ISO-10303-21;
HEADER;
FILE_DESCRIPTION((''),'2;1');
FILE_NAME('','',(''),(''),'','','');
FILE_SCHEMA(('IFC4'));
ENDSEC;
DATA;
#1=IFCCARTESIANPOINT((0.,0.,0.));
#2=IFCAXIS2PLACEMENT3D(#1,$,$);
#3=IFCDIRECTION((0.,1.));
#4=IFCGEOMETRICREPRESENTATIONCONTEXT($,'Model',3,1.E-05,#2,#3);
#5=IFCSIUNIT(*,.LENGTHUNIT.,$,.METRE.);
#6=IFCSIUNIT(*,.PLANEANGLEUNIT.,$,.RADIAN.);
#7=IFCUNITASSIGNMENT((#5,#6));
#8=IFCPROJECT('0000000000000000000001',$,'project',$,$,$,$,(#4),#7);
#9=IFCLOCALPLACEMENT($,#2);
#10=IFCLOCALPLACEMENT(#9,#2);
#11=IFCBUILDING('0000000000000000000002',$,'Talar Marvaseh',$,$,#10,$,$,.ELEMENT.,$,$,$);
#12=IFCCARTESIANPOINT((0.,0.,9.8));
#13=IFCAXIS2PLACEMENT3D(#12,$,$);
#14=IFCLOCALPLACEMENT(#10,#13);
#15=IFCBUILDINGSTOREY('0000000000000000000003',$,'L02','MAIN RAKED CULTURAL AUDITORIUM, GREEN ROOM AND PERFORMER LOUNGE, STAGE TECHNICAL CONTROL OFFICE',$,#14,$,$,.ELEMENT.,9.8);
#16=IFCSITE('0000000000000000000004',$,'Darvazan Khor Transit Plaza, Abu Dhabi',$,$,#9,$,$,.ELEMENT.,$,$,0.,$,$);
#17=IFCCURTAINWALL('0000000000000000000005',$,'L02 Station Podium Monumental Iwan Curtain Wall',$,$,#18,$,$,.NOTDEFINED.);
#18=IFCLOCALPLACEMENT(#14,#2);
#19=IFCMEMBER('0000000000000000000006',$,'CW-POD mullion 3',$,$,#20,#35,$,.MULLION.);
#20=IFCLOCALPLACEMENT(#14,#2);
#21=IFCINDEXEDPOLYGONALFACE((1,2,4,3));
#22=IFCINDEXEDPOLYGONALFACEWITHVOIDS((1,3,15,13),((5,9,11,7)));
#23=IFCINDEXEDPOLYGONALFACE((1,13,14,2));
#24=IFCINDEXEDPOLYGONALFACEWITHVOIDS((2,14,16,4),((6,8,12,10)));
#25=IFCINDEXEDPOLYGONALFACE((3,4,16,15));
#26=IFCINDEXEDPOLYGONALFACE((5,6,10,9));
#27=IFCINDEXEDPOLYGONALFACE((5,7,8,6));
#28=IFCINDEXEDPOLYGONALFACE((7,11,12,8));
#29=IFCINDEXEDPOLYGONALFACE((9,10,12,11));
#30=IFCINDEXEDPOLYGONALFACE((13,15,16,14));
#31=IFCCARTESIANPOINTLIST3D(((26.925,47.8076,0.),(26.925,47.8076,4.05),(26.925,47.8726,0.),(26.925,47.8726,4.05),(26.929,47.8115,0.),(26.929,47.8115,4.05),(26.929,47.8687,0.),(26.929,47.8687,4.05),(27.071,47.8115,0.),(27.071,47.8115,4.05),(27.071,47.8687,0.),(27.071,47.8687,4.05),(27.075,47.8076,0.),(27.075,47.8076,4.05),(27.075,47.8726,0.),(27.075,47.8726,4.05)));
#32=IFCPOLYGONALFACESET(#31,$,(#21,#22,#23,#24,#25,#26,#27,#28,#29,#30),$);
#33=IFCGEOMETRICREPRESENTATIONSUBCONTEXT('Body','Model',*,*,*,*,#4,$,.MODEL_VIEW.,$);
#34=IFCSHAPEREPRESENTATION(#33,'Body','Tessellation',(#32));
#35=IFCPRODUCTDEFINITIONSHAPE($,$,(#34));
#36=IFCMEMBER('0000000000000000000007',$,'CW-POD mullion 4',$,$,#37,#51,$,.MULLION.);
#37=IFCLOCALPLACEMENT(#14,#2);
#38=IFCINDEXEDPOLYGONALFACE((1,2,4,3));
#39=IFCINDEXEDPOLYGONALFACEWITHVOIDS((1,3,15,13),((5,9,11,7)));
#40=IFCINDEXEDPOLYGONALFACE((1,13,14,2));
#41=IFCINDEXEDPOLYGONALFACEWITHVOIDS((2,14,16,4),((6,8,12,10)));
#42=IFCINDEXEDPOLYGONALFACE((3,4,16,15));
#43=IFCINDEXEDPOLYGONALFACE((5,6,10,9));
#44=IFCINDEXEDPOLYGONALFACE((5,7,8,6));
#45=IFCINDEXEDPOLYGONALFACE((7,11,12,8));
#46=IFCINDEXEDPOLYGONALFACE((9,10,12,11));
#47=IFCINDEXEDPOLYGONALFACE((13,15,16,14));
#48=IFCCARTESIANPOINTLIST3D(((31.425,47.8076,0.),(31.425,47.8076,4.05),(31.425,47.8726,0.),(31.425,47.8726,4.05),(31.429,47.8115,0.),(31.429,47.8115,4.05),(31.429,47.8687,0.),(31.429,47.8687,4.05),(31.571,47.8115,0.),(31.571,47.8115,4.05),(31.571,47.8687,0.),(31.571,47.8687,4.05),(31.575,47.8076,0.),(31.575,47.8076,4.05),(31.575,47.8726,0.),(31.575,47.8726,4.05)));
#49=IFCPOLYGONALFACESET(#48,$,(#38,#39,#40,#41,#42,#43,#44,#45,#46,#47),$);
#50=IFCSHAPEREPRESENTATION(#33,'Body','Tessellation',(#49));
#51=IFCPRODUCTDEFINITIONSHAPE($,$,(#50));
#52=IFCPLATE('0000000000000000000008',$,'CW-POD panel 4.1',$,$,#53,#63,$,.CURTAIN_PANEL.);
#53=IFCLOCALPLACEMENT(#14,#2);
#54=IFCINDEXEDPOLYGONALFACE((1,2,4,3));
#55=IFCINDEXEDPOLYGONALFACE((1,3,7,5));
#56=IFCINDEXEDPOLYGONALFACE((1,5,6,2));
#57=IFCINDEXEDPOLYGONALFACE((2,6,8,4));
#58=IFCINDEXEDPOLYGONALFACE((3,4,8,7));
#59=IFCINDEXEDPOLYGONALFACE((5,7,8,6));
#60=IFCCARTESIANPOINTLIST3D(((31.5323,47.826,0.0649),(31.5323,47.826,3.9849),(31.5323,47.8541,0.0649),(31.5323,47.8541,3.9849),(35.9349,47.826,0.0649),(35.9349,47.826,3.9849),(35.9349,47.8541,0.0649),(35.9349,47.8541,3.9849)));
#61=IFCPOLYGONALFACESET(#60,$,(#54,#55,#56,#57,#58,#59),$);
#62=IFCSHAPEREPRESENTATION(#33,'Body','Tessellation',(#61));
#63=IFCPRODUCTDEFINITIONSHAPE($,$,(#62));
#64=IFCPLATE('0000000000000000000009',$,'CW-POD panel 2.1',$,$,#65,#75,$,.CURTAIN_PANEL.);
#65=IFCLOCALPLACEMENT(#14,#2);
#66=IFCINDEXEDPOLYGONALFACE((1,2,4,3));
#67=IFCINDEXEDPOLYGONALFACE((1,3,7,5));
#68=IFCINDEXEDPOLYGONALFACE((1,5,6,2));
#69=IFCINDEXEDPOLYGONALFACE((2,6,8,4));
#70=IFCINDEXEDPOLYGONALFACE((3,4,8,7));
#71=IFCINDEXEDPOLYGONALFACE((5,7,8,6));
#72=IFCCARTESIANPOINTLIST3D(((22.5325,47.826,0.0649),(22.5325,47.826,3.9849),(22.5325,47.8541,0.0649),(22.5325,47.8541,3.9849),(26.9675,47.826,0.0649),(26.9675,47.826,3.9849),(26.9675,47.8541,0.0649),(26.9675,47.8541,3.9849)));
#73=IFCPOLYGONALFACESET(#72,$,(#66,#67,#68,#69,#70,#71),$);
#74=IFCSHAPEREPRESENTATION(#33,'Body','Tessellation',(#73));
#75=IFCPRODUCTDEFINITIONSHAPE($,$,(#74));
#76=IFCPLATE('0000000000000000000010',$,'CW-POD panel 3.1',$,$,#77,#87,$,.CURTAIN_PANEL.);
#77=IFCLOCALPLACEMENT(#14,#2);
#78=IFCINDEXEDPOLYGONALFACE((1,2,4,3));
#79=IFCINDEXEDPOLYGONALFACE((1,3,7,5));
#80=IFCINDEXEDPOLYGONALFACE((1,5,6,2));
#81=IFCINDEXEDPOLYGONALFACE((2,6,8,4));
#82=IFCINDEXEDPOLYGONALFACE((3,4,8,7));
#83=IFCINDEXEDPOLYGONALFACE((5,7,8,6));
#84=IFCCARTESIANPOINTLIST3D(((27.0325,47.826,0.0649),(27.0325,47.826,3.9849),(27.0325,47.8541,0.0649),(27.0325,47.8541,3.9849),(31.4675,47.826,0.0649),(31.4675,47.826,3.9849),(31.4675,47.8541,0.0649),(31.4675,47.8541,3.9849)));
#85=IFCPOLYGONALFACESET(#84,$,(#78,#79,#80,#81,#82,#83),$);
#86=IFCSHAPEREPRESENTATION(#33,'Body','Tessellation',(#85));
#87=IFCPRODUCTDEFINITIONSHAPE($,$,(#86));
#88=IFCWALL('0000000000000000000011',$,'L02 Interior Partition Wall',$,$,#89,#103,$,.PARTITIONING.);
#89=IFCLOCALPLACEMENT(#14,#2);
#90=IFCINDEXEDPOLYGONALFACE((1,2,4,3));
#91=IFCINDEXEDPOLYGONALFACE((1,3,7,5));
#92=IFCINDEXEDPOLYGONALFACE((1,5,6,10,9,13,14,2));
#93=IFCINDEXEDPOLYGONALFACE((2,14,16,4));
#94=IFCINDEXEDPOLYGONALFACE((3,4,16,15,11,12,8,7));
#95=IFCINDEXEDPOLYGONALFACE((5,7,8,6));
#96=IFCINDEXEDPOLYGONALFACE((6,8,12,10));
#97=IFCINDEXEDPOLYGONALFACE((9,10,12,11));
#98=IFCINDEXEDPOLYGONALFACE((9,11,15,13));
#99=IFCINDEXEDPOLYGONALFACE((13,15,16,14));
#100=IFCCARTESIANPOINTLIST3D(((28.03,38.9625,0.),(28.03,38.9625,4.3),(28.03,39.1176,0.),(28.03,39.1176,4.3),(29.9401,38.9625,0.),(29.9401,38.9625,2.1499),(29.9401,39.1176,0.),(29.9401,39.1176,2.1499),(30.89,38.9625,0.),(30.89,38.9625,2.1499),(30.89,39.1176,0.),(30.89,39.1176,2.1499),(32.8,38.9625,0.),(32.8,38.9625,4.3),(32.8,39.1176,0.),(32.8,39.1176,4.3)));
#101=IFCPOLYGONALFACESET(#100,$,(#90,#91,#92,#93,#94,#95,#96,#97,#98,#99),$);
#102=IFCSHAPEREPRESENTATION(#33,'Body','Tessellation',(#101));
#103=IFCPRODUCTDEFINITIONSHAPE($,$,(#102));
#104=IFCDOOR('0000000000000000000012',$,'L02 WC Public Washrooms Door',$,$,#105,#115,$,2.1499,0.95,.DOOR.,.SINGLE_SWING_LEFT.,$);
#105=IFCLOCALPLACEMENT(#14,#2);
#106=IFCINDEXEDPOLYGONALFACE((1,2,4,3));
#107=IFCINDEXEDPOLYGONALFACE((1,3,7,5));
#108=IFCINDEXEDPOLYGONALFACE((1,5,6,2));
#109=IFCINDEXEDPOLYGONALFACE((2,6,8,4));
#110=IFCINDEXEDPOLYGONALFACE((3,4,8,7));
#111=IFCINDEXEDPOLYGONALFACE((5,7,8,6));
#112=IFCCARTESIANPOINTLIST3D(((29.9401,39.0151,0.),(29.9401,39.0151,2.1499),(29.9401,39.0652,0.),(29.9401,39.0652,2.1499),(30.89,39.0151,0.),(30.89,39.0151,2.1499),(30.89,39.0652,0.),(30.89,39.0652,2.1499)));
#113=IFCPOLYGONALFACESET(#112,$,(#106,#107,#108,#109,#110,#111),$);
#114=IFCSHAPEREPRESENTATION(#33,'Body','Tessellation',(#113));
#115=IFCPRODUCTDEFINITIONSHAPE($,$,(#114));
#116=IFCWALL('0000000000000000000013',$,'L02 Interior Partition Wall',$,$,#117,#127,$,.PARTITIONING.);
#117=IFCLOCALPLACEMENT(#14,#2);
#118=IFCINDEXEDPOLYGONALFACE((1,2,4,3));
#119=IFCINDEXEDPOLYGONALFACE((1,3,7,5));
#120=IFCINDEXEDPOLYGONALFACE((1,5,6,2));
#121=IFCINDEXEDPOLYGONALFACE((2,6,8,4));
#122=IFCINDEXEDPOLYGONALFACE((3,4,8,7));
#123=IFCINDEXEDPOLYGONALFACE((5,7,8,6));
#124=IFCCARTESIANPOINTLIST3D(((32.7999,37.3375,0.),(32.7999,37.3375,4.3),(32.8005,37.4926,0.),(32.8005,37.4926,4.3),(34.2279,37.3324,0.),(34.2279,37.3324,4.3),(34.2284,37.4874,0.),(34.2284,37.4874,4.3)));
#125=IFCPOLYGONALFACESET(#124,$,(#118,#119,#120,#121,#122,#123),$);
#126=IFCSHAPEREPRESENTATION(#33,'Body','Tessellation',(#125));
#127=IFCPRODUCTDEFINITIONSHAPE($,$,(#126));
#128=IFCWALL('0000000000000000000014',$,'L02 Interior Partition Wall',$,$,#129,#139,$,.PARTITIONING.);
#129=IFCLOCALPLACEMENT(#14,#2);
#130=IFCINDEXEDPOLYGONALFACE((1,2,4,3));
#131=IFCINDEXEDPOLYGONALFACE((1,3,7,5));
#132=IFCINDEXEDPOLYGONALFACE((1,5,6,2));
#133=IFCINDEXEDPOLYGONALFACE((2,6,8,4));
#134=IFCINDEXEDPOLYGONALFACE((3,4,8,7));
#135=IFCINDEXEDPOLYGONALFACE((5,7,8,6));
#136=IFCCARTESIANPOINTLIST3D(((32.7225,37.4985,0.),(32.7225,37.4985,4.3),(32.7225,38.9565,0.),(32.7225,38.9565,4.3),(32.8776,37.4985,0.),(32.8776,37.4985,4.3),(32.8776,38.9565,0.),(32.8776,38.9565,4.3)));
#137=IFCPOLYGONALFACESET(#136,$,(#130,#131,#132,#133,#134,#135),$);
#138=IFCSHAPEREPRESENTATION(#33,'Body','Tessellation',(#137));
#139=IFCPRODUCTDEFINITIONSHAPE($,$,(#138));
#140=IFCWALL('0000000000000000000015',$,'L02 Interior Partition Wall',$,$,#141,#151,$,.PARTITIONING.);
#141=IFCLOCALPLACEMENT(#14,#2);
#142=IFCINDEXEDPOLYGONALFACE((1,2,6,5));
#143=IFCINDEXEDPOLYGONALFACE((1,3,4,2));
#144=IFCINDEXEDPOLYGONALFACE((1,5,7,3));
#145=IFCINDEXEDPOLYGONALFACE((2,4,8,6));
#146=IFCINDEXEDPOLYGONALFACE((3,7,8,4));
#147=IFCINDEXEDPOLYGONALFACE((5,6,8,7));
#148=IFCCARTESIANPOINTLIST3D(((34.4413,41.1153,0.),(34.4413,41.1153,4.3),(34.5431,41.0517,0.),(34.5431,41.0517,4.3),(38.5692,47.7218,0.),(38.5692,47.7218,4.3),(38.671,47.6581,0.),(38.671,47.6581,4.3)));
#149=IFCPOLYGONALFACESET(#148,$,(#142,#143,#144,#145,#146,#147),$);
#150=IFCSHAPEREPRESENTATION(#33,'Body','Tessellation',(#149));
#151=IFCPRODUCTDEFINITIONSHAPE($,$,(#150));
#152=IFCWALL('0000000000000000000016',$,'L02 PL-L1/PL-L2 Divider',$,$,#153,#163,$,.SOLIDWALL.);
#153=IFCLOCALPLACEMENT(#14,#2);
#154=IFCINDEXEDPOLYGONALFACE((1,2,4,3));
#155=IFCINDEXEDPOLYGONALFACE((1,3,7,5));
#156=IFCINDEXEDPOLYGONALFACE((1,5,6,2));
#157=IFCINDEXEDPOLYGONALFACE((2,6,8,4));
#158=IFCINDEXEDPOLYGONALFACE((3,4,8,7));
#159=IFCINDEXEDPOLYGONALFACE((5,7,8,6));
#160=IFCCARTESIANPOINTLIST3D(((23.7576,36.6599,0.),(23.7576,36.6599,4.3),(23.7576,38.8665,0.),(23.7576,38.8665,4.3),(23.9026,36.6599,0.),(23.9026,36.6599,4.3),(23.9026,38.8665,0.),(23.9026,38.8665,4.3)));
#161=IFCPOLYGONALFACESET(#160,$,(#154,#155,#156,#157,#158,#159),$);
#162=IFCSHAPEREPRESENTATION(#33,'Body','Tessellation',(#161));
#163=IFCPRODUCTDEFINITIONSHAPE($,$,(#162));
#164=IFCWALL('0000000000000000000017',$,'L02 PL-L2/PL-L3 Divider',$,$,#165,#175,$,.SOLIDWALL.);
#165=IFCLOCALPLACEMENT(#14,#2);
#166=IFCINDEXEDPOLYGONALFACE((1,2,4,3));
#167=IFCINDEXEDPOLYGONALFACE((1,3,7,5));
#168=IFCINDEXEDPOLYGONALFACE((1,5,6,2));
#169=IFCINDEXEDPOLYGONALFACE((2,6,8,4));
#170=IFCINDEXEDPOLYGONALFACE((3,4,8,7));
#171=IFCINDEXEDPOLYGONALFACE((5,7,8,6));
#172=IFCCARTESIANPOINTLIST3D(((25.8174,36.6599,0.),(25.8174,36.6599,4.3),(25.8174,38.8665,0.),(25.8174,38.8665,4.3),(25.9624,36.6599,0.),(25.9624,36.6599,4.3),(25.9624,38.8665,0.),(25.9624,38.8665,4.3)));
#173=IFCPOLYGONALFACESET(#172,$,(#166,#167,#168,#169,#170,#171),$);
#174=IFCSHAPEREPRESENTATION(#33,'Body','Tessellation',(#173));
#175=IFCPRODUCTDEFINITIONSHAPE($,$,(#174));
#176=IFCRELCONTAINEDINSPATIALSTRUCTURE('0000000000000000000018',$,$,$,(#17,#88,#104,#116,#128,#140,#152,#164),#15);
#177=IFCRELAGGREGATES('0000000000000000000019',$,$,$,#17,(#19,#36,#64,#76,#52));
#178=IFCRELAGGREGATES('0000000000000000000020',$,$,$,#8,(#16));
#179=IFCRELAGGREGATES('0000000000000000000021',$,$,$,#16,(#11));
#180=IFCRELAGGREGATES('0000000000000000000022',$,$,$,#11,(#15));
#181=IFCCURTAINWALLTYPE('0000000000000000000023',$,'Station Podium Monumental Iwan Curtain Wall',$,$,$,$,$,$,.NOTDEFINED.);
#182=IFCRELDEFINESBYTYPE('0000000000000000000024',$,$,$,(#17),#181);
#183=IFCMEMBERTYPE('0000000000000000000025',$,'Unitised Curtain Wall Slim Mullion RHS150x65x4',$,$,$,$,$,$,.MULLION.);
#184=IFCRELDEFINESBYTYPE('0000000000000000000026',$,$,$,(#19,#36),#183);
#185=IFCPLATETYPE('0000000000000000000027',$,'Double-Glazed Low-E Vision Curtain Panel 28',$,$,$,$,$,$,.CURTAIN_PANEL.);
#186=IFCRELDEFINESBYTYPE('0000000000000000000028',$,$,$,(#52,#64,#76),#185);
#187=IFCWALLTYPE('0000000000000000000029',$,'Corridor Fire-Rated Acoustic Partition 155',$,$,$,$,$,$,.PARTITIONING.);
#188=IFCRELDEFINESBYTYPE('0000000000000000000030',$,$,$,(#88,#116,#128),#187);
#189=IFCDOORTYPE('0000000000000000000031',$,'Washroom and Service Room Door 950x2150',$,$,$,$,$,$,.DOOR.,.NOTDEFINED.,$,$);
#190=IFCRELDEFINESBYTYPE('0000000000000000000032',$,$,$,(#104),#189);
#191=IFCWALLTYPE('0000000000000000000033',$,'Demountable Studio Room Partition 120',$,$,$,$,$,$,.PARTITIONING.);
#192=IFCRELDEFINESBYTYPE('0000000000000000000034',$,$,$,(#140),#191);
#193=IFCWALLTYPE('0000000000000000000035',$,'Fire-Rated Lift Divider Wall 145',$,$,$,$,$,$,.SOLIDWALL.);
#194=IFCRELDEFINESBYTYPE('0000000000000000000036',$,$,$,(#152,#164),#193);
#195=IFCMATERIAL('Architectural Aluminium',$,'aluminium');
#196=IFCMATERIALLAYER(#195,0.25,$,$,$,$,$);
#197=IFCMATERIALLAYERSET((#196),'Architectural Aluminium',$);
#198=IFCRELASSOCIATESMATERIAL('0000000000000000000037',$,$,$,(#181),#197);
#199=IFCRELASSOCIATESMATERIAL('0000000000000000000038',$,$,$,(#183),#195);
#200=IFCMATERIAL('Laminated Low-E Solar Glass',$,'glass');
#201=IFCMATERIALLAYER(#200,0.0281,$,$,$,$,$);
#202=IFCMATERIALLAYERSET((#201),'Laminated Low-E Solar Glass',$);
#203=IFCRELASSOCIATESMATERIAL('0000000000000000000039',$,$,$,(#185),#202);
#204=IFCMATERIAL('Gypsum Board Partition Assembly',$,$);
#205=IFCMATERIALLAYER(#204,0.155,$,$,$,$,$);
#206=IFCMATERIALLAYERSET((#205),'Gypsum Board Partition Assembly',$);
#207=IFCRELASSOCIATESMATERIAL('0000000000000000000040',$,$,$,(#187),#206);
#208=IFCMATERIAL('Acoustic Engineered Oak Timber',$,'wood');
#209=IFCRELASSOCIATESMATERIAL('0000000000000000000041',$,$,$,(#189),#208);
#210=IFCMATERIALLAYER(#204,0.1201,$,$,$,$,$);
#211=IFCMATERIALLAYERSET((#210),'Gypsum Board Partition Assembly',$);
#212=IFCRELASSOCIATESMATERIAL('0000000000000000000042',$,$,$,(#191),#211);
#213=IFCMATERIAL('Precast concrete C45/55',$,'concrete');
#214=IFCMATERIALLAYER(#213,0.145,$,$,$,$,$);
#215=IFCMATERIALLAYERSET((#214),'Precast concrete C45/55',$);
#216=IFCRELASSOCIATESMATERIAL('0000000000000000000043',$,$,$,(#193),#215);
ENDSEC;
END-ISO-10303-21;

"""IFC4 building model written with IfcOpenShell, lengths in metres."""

from ifc_helpers import new_model, si_unit, direction, frame, frame_2d, origin, origin_2d, place, context, subcontext, project, spatial, rectangle, hollow_rectangle, extrude, source, transform, mapped, material, layer, layer_set, material_profile, profile_set, type_object, type_shapes, element, fill, aggregate, save


model = new_model("IFC4")

# Units and contexts
model_context = context("Model", 3, precision=1e-05, world=origin(), true_north=direction((0.0, 1.0)))
body_context = subcontext(model_context, "Body", "Model", "MODEL_VIEW")
ifc_project = project(units=[si_unit("LENGTHUNIT", "METRE"), si_unit("PLANEANGLEUNIT", "RADIAN")], contexts=[model_context])

# Site, building, storey
site_placement = place(None, origin())
site = spatial("IfcSite", under=ifc_project, at=site_placement, Name="Darvazan Khor Transit Plaza, Abu Dhabi", CompositionType="ELEMENT", RefElevation=0.0)
building_placement = place(site_placement, origin())
building = spatial("IfcBuilding", under=site, at=building_placement, Name="Talar Marvaseh", CompositionType="ELEMENT")
storey_placement = place(building_placement, frame((0.0, 0.0, 9.8)))
storey = spatial("IfcBuildingStorey", under=building, at=storey_placement, Name="L02", Description="MAIN RAKED CULTURAL AUDITORIUM, GREEN ROOM AND PERFORMER LOUNGE, STAGE TECHNICAL CONTROL OFFICE", CompositionType="ELEMENT", Elevation=9.8)

# Curtain wall, members, plates
ifc_material_1 = material(Name="Architectural Aluminium", Category="aluminium")
ifc_layer_1 = layer(ifc_material_1, 0.25)
ifc_layer_set_1 = layer_set([ifc_layer_1], Name="Architectural Aluminium")
curtain_wall_type = type_object("IfcCurtainWallType", Name="Station Podium Monumental Iwan Curtain Wall", PredefinedType="NOTDEFINED", material=ifc_layer_set_1)
curtain_wall_placement = place(storey_placement, origin())
curtain_wall = element("IfcCurtainWall", 1, at=curtain_wall_placement, inside=storey, type_object=curtain_wall_type, Name="L02 Station Podium Monumental Iwan Curtain Wall", PredefinedType="NOTDEFINED")
ifc_material_profile_1 = material_profile(ifc_material_1, hollow_rectangle(XDim=0.0649, YDim=0.1499, WallThickness=0.0039, at=origin_2d()), Name="RHS150x65x4")
ifc_profile_set_1 = profile_set([ifc_material_profile_1], Name="Architectural Aluminium")
member_type_1 = type_object("IfcMemberType", Name="Unitised Curtain Wall Slim Mullion RHS150x65x4", PredefinedType="MULLION", material=ifc_profile_set_1)
shared_shape_1 = source(origin(), body_context, "Body", "SweptSolid", [
    extrude(hollow_rectangle(XDim=0.0649, YDim=0.1499, WallThickness=0.0039, at=origin_2d()), origin(), (0.0, 0.0, 1.0), 4.05),
])
type_shapes(member_type_1, [shared_shape_1])
member_1_placement = place(storey_placement, frame((27.0, 47.8401, 0.0), z_axis=(0.0, 0.0, 1.0), x_axis=(0.0, 1.0, 0.0)))
member_1 = element("IfcMember", 2, at=member_1_placement, type_object=member_type_1, Name="CW-POD mullion 3", PredefinedType="MULLION", context=body_context, shape_type="MappedRepresentation", body=[
    mapped(shared_shape_1, transform((0.0, 0.0, 0.0), x_axis=(1.0, 0.0, 0.0), y_axis=(0.0, 1.0, 0.0), z_axis=(0.0, 0.0, 1.0), scale=1.0)),
])
member_2_placement = place(storey_placement, frame((31.5, 47.8401, 0.0), z_axis=(0.0, 0.0, 1.0), x_axis=(0.0, 1.0, 0.0)))
member_2 = element("IfcMember", 3, at=member_2_placement, type_object=member_type_1, Name="CW-POD mullion 4", PredefinedType="MULLION", context=body_context, shape_type="MappedRepresentation", body=[
    mapped(shared_shape_1, transform((0.0, 0.0, 0.0), x_axis=(1.0, 0.0, 0.0), y_axis=(0.0, 1.0, 0.0), z_axis=(0.0, 0.0, 1.0), scale=1.0)),
])
ifc_material_2 = material(Name="Laminated Low-E Solar Glass", Category="glass")
ifc_layer_2 = layer(ifc_material_2, 0.0281)
ifc_layer_set_2 = layer_set([ifc_layer_2], Name="Laminated Low-E Solar Glass")
plate_type = type_object("IfcPlateType", Name="Double-Glazed Low-E Vision Curtain Panel 28", PredefinedType="CURTAIN_PANEL", material=ifc_layer_set_2)
shared_shape_2 = source(origin(), body_context, "Body", "SweptSolid", [
    extrude(rectangle(XDim=4.4026, YDim=0.0281, at=origin_2d()), origin(), (0.0, 0.0, 1.0), 3.9199),
])
plate_1_placement = place(storey_placement, frame((33.7336, 47.8401, 0.0649), z_axis=(0.0, 0.0, 1.0), x_axis=(1.0, 0.0, 0.0)))
plate_1 = element("IfcPlate", 4, at=plate_1_placement, type_object=plate_type, Name="CW-POD panel 4.1", PredefinedType="CURTAIN_PANEL", context=body_context, shape_type="MappedRepresentation", body=[
    mapped(shared_shape_2, transform((0.0, 0.0, 0.0), x_axis=(1.0, 0.0, 0.0), y_axis=(0.0, 1.0, 0.0), z_axis=(0.0, 0.0, 1.0), scale=1.0)),
])
shared_shape_3 = source(origin(), body_context, "Body", "SweptSolid", [
    extrude(rectangle(XDim=4.4351, YDim=0.0281, at=origin_2d()), origin(), (0.0, 0.0, 1.0), 3.9199),
])
type_shapes(plate_type, [shared_shape_2, shared_shape_3])
plate_2_placement = place(storey_placement, frame((24.75, 47.8401, 0.0649), z_axis=(0.0, 0.0, 1.0), x_axis=(1.0, 0.0, 0.0)))
plate_2 = element("IfcPlate", 5, at=plate_2_placement, type_object=plate_type, Name="CW-POD panel 2.1", PredefinedType="CURTAIN_PANEL", context=body_context, shape_type="MappedRepresentation", body=[
    mapped(shared_shape_3, transform((0.0, 0.0, 0.0), x_axis=(1.0, 0.0, 0.0), y_axis=(0.0, 1.0, 0.0), z_axis=(0.0, 0.0, 1.0), scale=1.0)),
])
plate_3_placement = place(storey_placement, frame((29.25, 47.8401, 0.0649), z_axis=(0.0, 0.0, 1.0), x_axis=(1.0, 0.0, 0.0)))
plate_3 = element("IfcPlate", 6, at=plate_3_placement, type_object=plate_type, Name="CW-POD panel 3.1", PredefinedType="CURTAIN_PANEL", context=body_context, shape_type="MappedRepresentation", body=[
    mapped(shared_shape_3, transform((0.0, 0.0, 0.0), x_axis=(1.0, 0.0, 0.0), y_axis=(0.0, 1.0, 0.0), z_axis=(0.0, 0.0, 1.0), scale=1.0)),
])
aggregate(curtain_wall, [member_1, member_2, plate_2, plate_3, plate_1])

# Wall, opening, door
ifc_material_3 = material(Name="Gypsum Board Partition Assembly")
ifc_layer_3 = layer(ifc_material_3, 0.155)
ifc_layer_set_3 = layer_set([ifc_layer_3], Name="Gypsum Board Partition Assembly")
wall_type_1 = type_object("IfcWallType", Name="Corridor Fire-Rated Acoustic Partition 155", PredefinedType="PARTITIONING", material=ifc_layer_set_3)
wall_1_placement = place(storey_placement, frame((32.8, 39.04, 0.0), z_axis=(0.0, 0.0, 1.0), x_axis=(-1.0, 0.0, 0.0)))
wall_1 = element("IfcWall", 7, at=wall_1_placement, inside=storey, type_object=wall_type_1, Name="L02 Interior Partition Wall", PredefinedType="PARTITIONING", context=body_context, shape_type="SweptSolid", body=[
    extrude(rectangle(XDim=4.77, YDim=0.155, at=frame_2d((2.385, 0.0))), origin(), (0.0, 0.0, 1.0), 4.3),
])
opening_placement = place(wall_1_placement, frame((1.9099, 0.0, 0.0)))
opening = element("IfcOpeningElement", 8, at=opening_placement, cuts=wall_1, PredefinedType="OPENING", context=body_context, shape_type="SweptSolid", body=[
    extrude(rectangle(XDim=0.95, YDim=2.1499, at=frame_2d((0.4751, 1.075))), frame((0.0, 0.0874, 0.0), z_axis=(0.0, -1.0, 0.0), x_axis=(1.0, 0.0, 0.0)), (0.0, 0.0, 1.0), 0.175),
])
ifc_material_4 = material(Name="Acoustic Engineered Oak Timber", Category="wood")
door_type = type_object("IfcDoorType", Name="Washroom and Service Room Door 950x2150", OperationType="NOTDEFINED", PredefinedType="DOOR", material=ifc_material_4)
shared_shape_4 = source(origin(), body_context, "Body", "SweptSolid", [
    extrude(rectangle(XDim=0.95, YDim=2.1499, at=frame_2d((0.4751, 1.075))), frame((0.0, 0.0249, 0.0), z_axis=(0.0, -1.0, 0.0), x_axis=(1.0, 0.0, 0.0)), (0.0, 0.0, 1.0), 0.05),
])
type_shapes(door_type, [shared_shape_4])
door_placement = place(opening_placement, origin())
door = element("IfcDoor", 9, at=door_placement, inside=storey, type_object=door_type, Name="L02 WC Public Washrooms Door", OperationType="SINGLE_SWING_LEFT", OverallHeight=2.1499, OverallWidth=0.95, PredefinedType="DOOR", context=body_context, shape_type="MappedRepresentation", body=[
    mapped(shared_shape_4, transform((0.0, 0.0, 0.0), x_axis=(1.0, 0.0, 0.0), y_axis=(0.0, 1.0, 0.0), z_axis=(0.0, 0.0, 1.0), scale=1.0)),
])
fill(opening, door)

# Walls
wall_2_placement = place(storey_placement, frame((34.228, 37.4099, 0.0), z_axis=(0.0, 0.0, 1.0), x_axis=(-0.999994, 0.00359, 0.0)))
element("IfcWall", 10, at=wall_2_placement, inside=storey, type_object=wall_type_1, Name="L02 Interior Partition Wall", PredefinedType="PARTITIONING", context=body_context, shape_type="SweptSolid", body=[
    extrude(rectangle(XDim=1.428, YDim=0.155, at=frame_2d((0.7139, 0.0))), origin(), (0.0, 0.0, 1.0), 4.3),
])
wall_3_placement = place(storey_placement, frame((32.8, 37.4985, 0.0), z_axis=(0.0, 0.0, 1.0), x_axis=(0.0, 1.0, 0.0)))
element("IfcWall", 11, at=wall_3_placement, inside=storey, type_object=wall_type_1, Name="L02 Interior Partition Wall", PredefinedType="PARTITIONING", context=body_context, shape_type="SweptSolid", body=[
    extrude(rectangle(XDim=1.458, YDim=0.155, at=frame_2d((0.729, 0.0))), origin(), (0.0, 0.0, 1.0), 4.3),
])
ifc_layer_4 = layer(ifc_material_3, 0.1201)
ifc_layer_set_4 = layer_set([ifc_layer_4], Name="Gypsum Board Partition Assembly")
wall_type_2 = type_object("IfcWallType", Name="Demountable Studio Room Partition 120", PredefinedType="PARTITIONING", material=ifc_layer_set_4)
wall_4_placement = place(storey_placement, frame((34.4922, 41.0835, 0.0), z_axis=(0.0, 0.0, 1.0), x_axis=(0.529898, 0.848062, 0.0)))
element("IfcWall", 12, at=wall_4_placement, inside=storey, type_object=wall_type_2, Name="L02 Interior Partition Wall", PredefinedType="PARTITIONING", context=body_context, shape_type="SweptSolid", body=[
    extrude(rectangle(XDim=7.79, YDim=0.1201, at=frame_2d((3.895, 0.0))), origin(), (0.0, 0.0, 1.0), 4.3),
])
ifc_material_5 = material(Name="Precast concrete C45/55", Category="concrete")
ifc_layer_5 = layer(ifc_material_5, 0.145)
ifc_layer_set_5 = layer_set([ifc_layer_5], Name="Precast concrete C45/55")
wall_type_3 = type_object("IfcWallType", Name="Fire-Rated Lift Divider Wall 145", PredefinedType="SOLIDWALL", material=ifc_layer_set_5)
for number, where, z_axis, x_axis, name in (
    (13, (23.8301, 36.6599, 0.0), (0.0, 0.0, 1.0), (0.0, 1.0, 0.0), "L02 PL-L1/PL-L2 Divider"),
    (14, (25.8899, 36.6599, 0.0), (0.0, 0.0, 1.0), (0.0, 1.0, 0.0), "L02 PL-L2/PL-L3 Divider"),
):
    element("IfcWall", number, at=place(storey_placement, frame(where, z_axis=z_axis, x_axis=x_axis)), inside=storey, type_object=wall_type_3, Name=name, PredefinedType="SOLIDWALL", context=body_context, shape_type="SweptSolid", body=[
        extrude(rectangle(XDim=2.2065, YDim=0.145, at=frame_2d((1.1033, 0.0))), origin(), (0.0, 0.0, 1.0), 4.3),
    ])

save(model, "model.ifc")
